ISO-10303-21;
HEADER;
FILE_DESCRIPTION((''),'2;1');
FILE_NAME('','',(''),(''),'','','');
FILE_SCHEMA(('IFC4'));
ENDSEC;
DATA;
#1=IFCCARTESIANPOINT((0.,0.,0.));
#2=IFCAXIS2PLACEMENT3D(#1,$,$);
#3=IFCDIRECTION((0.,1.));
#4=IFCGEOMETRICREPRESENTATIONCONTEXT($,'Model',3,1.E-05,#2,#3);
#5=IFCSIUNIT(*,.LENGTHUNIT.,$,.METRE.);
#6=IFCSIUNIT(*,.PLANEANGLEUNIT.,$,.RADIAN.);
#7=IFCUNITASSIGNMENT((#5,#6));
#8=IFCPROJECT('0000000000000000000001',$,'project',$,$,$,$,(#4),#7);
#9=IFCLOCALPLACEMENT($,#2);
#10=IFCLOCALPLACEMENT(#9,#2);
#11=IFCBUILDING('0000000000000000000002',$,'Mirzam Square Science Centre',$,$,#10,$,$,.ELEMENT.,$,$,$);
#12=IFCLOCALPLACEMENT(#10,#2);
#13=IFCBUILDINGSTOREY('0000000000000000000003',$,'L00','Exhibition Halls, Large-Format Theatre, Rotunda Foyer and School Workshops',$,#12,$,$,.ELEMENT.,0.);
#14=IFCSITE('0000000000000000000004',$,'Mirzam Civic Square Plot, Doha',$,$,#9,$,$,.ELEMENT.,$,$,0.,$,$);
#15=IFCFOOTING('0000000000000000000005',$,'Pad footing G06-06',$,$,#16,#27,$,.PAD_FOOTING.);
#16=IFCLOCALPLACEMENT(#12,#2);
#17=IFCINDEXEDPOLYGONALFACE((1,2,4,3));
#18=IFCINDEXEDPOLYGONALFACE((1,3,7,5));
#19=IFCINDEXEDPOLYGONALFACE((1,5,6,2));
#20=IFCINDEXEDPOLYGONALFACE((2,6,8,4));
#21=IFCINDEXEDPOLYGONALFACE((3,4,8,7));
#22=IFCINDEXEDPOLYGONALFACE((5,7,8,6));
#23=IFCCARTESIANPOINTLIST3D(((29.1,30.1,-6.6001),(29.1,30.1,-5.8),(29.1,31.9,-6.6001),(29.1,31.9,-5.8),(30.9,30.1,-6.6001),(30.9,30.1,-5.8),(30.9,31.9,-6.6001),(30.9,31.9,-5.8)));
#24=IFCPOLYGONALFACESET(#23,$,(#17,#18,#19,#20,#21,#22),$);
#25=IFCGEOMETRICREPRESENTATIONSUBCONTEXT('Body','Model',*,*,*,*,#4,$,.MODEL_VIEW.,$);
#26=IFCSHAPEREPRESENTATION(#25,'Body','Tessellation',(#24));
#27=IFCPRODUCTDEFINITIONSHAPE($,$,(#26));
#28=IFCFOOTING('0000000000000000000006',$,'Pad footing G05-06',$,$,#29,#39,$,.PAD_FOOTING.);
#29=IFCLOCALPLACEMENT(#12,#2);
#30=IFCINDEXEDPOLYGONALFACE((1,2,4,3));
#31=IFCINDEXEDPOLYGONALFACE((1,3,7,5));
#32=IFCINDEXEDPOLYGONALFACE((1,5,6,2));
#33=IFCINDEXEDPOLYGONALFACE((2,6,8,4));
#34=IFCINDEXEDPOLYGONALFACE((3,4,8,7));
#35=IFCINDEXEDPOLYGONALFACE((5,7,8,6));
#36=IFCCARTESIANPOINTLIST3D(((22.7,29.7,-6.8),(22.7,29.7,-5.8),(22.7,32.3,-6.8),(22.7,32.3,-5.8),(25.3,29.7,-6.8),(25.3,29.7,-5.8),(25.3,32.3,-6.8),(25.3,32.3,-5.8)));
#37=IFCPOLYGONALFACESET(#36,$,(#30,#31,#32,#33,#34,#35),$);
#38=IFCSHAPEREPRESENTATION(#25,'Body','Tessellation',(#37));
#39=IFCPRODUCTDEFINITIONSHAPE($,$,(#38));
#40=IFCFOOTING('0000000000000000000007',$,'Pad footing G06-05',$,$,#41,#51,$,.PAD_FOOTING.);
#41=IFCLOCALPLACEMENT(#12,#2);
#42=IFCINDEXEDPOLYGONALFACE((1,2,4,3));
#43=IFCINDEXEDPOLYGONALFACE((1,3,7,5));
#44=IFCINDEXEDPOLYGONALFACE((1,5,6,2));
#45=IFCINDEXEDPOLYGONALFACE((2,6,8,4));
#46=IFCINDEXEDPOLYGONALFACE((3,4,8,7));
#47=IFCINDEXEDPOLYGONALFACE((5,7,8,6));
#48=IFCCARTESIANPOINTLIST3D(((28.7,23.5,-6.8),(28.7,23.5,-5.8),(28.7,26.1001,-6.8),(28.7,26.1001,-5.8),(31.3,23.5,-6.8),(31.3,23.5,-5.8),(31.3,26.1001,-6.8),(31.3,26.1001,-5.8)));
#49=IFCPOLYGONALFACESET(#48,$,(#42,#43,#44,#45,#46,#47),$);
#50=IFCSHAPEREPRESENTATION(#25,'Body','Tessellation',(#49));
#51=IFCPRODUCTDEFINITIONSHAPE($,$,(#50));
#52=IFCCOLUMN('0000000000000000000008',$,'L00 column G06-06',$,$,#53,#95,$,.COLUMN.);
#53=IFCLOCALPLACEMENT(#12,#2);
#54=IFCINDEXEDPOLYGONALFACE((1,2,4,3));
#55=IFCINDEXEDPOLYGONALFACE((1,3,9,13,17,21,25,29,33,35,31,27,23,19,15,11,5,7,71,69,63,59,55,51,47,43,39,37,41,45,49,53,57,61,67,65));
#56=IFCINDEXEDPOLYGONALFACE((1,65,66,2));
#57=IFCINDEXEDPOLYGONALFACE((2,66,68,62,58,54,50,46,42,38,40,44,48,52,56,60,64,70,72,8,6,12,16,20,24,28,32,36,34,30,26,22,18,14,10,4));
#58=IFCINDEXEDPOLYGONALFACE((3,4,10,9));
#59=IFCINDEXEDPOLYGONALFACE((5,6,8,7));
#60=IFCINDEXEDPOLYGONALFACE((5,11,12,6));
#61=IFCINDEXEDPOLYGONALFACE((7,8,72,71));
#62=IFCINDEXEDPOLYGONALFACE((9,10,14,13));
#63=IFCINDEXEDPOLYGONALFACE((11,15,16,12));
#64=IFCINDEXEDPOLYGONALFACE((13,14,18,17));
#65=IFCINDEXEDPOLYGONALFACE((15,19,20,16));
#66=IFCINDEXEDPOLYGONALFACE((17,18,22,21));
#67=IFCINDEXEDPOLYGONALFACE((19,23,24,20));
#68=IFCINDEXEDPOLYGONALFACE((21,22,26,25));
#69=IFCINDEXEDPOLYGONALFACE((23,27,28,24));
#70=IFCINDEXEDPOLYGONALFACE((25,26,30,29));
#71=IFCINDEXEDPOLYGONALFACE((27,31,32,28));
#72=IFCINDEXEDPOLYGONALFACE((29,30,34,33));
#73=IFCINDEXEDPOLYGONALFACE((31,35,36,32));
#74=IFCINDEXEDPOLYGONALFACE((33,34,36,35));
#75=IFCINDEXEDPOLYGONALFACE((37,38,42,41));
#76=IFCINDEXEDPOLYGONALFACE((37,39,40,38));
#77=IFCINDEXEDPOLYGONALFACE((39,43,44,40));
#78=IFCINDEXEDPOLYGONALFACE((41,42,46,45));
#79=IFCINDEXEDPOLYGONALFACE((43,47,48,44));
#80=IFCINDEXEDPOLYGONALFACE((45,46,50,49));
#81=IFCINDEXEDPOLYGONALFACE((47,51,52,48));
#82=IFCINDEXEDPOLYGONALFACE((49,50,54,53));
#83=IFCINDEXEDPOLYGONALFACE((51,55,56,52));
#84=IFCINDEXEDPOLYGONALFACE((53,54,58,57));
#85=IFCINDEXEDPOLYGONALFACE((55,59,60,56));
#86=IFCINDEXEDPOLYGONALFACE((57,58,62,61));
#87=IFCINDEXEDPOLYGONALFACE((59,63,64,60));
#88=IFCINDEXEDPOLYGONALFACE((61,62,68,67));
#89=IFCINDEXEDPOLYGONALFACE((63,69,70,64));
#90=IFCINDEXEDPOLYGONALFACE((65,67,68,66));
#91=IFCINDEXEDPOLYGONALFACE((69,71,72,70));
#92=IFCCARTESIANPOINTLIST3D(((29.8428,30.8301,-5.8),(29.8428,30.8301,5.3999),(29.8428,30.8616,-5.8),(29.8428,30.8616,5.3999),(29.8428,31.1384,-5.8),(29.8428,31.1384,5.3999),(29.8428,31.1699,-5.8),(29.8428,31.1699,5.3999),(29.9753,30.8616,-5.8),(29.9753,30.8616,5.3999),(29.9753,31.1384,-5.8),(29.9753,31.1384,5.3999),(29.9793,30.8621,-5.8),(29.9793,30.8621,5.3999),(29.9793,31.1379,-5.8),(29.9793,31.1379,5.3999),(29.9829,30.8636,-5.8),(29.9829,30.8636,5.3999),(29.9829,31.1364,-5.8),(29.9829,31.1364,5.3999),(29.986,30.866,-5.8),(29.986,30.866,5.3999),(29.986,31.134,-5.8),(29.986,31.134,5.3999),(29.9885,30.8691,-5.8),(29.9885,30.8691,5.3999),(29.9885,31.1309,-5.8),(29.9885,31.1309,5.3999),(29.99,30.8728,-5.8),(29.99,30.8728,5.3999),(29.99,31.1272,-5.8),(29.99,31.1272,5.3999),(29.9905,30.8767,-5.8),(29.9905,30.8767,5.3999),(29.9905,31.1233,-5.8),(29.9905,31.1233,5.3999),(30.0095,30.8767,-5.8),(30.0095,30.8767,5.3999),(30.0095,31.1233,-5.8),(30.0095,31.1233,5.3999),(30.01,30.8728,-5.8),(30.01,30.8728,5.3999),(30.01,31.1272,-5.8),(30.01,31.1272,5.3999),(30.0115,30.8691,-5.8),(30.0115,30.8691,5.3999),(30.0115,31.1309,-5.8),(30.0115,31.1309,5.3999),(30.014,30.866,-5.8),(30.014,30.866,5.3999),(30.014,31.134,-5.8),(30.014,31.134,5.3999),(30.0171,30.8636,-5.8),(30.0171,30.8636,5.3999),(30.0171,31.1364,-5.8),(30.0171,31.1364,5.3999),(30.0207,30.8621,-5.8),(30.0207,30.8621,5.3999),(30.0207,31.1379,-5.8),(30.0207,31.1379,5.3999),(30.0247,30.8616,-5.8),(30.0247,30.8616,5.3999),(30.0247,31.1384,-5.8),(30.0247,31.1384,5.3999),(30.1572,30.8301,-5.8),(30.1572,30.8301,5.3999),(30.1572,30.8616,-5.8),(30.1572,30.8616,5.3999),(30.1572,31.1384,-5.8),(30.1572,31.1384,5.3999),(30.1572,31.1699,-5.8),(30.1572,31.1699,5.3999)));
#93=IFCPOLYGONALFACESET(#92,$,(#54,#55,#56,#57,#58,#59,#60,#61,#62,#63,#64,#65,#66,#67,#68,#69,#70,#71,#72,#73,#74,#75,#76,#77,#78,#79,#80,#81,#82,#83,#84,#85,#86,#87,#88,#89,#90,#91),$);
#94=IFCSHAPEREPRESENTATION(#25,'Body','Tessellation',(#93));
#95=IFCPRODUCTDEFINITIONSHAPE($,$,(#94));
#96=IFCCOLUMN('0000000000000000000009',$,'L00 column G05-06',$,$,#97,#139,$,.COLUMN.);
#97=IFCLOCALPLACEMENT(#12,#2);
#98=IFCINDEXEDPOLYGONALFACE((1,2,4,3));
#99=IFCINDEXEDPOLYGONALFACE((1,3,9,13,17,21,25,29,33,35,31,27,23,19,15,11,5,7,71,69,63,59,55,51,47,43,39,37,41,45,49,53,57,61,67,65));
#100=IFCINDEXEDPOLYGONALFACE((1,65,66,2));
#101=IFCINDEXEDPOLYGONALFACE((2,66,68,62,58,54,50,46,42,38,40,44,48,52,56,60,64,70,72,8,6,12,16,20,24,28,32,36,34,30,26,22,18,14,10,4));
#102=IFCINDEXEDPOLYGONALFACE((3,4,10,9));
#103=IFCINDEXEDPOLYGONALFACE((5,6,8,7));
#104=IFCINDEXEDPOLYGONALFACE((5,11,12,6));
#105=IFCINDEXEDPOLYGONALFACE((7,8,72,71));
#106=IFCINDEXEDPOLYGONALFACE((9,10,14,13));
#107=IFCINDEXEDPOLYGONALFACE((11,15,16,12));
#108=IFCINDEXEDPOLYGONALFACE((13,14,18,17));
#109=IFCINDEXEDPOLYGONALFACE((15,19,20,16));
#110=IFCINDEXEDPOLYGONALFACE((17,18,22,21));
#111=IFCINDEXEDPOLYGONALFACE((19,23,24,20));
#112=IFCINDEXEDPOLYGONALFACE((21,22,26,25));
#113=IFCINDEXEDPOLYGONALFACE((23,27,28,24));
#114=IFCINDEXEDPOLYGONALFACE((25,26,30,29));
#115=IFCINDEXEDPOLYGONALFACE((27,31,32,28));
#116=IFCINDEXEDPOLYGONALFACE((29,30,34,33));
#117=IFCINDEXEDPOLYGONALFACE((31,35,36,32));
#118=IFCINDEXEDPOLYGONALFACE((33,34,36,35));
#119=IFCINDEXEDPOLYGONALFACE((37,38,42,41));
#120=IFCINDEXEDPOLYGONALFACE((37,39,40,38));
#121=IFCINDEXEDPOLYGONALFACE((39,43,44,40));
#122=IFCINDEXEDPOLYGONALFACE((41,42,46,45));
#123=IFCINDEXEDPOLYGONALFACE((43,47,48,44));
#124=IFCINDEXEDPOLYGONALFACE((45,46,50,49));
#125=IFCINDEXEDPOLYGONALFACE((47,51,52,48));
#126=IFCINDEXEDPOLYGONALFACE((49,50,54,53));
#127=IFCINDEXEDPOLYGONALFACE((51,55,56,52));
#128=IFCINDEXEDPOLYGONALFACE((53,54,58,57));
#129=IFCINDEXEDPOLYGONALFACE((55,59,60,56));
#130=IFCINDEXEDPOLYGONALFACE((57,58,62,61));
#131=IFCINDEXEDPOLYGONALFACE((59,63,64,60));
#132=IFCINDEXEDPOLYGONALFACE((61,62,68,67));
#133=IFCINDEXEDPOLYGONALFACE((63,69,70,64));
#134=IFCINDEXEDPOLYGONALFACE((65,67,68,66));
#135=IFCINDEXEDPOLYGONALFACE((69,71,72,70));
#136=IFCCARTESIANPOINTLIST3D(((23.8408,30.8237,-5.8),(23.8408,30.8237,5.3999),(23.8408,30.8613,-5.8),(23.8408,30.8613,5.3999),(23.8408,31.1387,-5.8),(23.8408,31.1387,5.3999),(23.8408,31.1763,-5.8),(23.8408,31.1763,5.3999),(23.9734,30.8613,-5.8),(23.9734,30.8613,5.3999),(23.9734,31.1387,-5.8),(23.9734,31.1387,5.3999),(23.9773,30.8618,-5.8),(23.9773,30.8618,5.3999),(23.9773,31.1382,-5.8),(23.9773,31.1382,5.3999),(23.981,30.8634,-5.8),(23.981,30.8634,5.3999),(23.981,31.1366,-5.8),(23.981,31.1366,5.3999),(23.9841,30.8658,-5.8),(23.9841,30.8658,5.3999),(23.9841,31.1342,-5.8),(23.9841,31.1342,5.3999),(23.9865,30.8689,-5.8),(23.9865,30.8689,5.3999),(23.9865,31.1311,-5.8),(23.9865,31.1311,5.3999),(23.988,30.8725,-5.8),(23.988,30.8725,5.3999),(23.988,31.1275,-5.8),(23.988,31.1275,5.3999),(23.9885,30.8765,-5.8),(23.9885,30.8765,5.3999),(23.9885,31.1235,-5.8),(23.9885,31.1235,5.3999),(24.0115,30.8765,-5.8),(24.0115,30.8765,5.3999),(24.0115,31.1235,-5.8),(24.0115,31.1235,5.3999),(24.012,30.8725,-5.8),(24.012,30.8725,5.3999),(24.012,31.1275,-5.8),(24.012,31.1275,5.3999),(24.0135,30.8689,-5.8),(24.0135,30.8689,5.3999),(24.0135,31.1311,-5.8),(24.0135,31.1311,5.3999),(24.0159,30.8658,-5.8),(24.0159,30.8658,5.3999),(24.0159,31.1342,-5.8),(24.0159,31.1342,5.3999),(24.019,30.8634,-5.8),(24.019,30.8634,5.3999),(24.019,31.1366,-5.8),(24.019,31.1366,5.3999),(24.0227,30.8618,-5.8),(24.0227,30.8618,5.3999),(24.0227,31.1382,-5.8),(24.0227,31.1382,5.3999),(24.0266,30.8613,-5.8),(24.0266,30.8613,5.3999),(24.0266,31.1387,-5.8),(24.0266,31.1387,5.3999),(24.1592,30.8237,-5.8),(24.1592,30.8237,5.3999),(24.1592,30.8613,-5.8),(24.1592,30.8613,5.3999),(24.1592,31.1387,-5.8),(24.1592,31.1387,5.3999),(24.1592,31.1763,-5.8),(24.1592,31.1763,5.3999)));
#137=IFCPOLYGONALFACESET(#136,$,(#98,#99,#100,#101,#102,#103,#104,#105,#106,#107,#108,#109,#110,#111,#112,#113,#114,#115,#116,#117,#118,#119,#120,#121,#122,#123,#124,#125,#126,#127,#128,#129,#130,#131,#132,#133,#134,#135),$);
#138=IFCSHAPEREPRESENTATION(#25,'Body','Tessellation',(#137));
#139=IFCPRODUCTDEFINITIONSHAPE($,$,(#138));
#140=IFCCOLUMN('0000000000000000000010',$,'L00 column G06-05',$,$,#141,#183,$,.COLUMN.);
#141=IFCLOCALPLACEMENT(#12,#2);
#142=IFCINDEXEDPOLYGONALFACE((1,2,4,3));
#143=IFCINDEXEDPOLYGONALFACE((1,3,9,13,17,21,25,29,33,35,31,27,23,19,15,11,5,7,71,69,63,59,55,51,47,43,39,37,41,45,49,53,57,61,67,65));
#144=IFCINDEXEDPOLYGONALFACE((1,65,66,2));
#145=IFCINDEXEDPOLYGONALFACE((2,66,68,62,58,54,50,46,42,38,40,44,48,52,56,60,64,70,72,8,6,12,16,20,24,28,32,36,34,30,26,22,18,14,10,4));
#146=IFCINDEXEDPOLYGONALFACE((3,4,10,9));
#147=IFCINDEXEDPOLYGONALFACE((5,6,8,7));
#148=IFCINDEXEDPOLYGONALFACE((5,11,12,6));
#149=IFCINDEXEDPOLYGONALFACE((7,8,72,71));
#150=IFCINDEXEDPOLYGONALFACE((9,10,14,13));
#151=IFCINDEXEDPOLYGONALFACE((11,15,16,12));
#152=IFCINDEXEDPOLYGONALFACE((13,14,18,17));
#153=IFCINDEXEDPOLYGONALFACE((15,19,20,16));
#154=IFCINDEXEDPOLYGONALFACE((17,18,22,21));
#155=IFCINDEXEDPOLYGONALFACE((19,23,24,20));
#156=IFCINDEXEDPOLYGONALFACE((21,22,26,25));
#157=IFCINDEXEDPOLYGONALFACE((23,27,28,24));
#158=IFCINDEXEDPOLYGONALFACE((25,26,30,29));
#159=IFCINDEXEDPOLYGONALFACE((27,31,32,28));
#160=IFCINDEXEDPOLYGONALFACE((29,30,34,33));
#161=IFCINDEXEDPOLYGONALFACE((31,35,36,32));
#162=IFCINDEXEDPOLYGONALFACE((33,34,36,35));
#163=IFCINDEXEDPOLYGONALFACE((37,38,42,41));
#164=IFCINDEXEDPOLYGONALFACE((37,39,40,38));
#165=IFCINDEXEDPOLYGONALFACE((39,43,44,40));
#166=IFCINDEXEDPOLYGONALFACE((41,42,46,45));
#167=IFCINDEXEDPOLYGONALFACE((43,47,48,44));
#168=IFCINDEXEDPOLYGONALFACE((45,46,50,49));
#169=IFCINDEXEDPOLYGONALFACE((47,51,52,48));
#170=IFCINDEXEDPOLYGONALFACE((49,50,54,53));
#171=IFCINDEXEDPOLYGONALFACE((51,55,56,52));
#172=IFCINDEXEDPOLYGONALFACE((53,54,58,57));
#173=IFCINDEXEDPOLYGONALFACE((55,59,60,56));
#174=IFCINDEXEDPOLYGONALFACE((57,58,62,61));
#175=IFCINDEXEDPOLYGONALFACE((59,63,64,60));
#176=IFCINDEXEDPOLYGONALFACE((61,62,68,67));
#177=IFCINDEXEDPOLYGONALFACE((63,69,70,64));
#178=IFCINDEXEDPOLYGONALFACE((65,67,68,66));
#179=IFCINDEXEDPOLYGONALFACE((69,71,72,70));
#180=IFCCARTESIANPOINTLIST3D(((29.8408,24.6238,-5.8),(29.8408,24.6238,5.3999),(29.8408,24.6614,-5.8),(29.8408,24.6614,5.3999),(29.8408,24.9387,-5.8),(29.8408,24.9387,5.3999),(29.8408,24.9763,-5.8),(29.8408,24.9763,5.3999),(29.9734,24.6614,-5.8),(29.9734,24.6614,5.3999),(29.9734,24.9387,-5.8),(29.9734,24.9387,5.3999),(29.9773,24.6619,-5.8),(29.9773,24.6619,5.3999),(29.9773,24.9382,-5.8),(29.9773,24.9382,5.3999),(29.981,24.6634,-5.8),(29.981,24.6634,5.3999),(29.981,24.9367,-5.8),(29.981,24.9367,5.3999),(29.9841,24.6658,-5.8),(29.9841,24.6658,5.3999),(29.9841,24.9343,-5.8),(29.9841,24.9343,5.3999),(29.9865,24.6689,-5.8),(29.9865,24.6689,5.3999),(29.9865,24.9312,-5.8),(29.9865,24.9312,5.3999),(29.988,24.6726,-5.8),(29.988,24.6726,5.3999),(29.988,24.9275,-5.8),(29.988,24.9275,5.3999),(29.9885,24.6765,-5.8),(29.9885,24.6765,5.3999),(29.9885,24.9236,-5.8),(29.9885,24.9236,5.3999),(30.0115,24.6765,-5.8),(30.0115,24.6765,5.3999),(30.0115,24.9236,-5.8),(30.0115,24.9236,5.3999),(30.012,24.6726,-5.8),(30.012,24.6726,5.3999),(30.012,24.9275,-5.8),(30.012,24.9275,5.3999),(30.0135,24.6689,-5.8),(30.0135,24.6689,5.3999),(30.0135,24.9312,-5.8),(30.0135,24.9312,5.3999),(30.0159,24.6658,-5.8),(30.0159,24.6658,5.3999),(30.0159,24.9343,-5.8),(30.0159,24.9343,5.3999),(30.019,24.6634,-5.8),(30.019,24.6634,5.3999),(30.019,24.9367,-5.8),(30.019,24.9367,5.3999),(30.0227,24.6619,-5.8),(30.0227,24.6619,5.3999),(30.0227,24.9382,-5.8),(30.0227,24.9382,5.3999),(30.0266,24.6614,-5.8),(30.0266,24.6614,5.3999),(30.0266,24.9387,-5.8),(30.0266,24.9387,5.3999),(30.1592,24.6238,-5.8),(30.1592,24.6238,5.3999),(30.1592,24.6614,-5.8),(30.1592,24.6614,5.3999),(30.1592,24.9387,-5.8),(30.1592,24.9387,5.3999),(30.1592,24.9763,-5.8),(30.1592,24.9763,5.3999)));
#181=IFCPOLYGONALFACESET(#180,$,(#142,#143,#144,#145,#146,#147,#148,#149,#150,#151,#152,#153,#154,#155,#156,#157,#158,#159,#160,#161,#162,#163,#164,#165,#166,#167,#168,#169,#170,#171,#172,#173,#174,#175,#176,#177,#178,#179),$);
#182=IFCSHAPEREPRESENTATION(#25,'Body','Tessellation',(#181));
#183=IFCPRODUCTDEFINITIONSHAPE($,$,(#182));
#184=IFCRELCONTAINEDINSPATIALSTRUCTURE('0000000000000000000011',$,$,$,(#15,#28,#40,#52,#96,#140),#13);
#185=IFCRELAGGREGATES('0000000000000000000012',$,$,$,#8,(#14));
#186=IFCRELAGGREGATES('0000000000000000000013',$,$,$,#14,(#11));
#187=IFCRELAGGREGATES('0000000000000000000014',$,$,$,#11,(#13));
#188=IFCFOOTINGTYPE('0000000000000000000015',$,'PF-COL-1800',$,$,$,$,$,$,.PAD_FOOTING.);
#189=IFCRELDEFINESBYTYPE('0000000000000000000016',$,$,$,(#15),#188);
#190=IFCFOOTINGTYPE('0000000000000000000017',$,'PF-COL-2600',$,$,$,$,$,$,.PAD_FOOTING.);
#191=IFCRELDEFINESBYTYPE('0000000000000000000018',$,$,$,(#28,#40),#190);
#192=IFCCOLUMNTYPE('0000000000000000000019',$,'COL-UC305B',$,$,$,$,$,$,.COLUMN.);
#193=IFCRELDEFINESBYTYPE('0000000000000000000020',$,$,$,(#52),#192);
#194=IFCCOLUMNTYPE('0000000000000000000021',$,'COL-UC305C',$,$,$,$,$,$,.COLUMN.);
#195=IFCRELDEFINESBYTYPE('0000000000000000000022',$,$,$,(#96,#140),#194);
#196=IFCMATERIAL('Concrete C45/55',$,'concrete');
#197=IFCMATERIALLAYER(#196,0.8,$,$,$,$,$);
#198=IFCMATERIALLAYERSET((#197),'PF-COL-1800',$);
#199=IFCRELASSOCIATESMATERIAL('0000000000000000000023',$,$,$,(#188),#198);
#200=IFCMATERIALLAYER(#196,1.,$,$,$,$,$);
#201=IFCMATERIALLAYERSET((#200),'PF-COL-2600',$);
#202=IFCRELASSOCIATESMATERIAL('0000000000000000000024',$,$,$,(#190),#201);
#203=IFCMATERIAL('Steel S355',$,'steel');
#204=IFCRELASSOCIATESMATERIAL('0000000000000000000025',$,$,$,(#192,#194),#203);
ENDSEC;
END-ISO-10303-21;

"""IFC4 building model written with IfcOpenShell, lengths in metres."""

from ifc_helpers import new_model, si_unit, direction, frame, origin, origin_2d, place, context, subcontext, project, spatial, rectangle, i_section, extrude, material, layer, layer_set, material_profile, profile_set, type_object, element, save


model = new_model("IFC4")

# Units and contexts
model_context = context("Model", 3, precision=1e-05, world=origin(), true_north=direction((0.0, 1.0)))
body_context = subcontext(model_context, "Body", "Model", "MODEL_VIEW")
ifc_project = project(units=[si_unit("LENGTHUNIT", "METRE"), si_unit("PLANEANGLEUNIT", "RADIAN")], contexts=[model_context])

# Site, building, storey
site_placement = place(None, origin())
site = spatial("IfcSite", under=ifc_project, at=site_placement, Name="Mirzam Civic Square Plot, Doha", CompositionType="ELEMENT", RefElevation=0.0)
building_placement = place(site_placement, origin())
building = spatial("IfcBuilding", under=site, at=building_placement, Name="Mirzam Square Science Centre", CompositionType="ELEMENT")
storey_placement = place(building_placement, origin())
storey = spatial("IfcBuildingStorey", under=building, at=storey_placement, Name="L00", Description="Exhibition Halls, Large-Format Theatre, Rotunda Foyer and School Workshops", CompositionType="ELEMENT", Elevation=0.0)

# Footings
ifc_material_1 = material(Name="Concrete C45/55", Category="concrete")
ifc_layer_1 = layer(ifc_material_1, 0.8)
ifc_layer_set_1 = layer_set([ifc_layer_1], Name="PF-COL-1800")
footing_type_1 = type_object("IfcFootingType", Name="PF-COL-1800", PredefinedType="PAD_FOOTING", material=ifc_layer_set_1)
footing_placement = place(storey_placement, frame((30.0, 31.0, -6.6001), z_axis=(0.0, 0.0, 1.0), x_axis=(1.0, 0.0, 0.0)))
element("IfcFooting", 1, at=footing_placement, inside=storey, type_object=footing_type_1, Name="Pad footing G06-06", PredefinedType="PAD_FOOTING", context=body_context, shape_type="SweptSolid", body=[
    extrude(rectangle(XDim=1.8, YDim=1.8, at=origin_2d()), origin(), (0.0, 0.0, 1.0), 0.8),
])
ifc_layer_2 = layer(ifc_material_1, 1.0)
ifc_layer_set_2 = layer_set([ifc_layer_2], Name="PF-COL-2600")
footing_type_2 = type_object("IfcFootingType", Name="PF-COL-2600", PredefinedType="PAD_FOOTING", material=ifc_layer_set_2)
for number, where, z_axis, x_axis, name in (
    (2, (24.0, 31.0, -6.8), (0.0, 0.0, 1.0), (1.0, 0.0, 0.0), "Pad footing G05-06"),
    (3, (30.0, 24.8, -6.8), (0.0, 0.0, 1.0), (1.0, 0.0, 0.0), "Pad footing G06-05"),
):
    element("IfcFooting", number, at=place(storey_placement, frame(where, z_axis=z_axis, x_axis=x_axis)), inside=storey, type_object=footing_type_2, Name=name, PredefinedType="PAD_FOOTING", context=body_context, shape_type="SweptSolid", body=[
        extrude(rectangle(XDim=2.6001, YDim=2.6001, at=origin_2d()), origin(), (0.0, 0.0, 1.0), 1.0),
    ])

# Columns
ifc_material_2 = material(Name="Steel S355", Category="steel")
ifc_material_profile_1 = material_profile(ifc_material_2, i_section(OverallWidth=0.3145, OverallDepth=0.3398, WebThickness=0.019, FlangeThickness=0.0315, FilletRadius=0.0151, at=origin_2d()), Name="305x305x198UC")
ifc_profile_set_1 = profile_set([ifc_material_profile_1], Name="Steel S355")
column_type_1 = type_object("IfcColumnType", Name="COL-UC305B", PredefinedType="COLUMN", material=ifc_profile_set_1)
column_1_placement = place(storey_placement, frame((30.0, 31.0, -5.8), z_axis=(0.0, 0.0, 1.0), x_axis=(1.0, 0.0, 0.0)))
element("IfcColumn", 4, at=column_1_placement, inside=storey, type_object=column_type_1, Name="L00 column G06-06", PredefinedType="COLUMN", context=body_context, shape_type="SweptSolid", body=[
    extrude(i_section(OverallWidth=0.3145, OverallDepth=0.3398, WebThickness=0.019, FlangeThickness=0.0315, FilletRadius=0.0151, at=origin_2d()), origin(), (0.0, 0.0, 1.0), 11.2),
])
ifc_material_profile_2 = material_profile(ifc_material_2, i_section(OverallWidth=0.3184, OverallDepth=0.3525, WebThickness=0.0229, FlangeThickness=0.0376, FilletRadius=0.0151, at=origin_2d()), Name="305x305x240UC")
ifc_profile_set_2 = profile_set([ifc_material_profile_2], Name="Steel S355")
column_type_2 = type_object("IfcColumnType", Name="COL-UC305C", PredefinedType="COLUMN", material=ifc_profile_set_2)
for number, where, z_axis, x_axis, name in (
    (5, (24.0, 31.0, -5.8), (0.0, 0.0, 1.0), (1.0, 0.0, 0.0), "L00 column G05-06"),
    (6, (30.0, 24.8, -5.8), (0.0, 0.0, 1.0), (1.0, 0.0, 0.0), "L00 column G06-05"),
):
    element("IfcColumn", number, at=place(storey_placement, frame(where, z_axis=z_axis, x_axis=x_axis)), inside=storey, type_object=column_type_2, Name=name, PredefinedType="COLUMN", context=body_context, shape_type="SweptSolid", body=[
        extrude(i_section(OverallWidth=0.3184, OverallDepth=0.3525, WebThickness=0.0229, FlangeThickness=0.0376, FilletRadius=0.0151, at=origin_2d()), origin(), (0.0, 0.0, 1.0), 11.2),
    ])

save(model, "model.ifc")
